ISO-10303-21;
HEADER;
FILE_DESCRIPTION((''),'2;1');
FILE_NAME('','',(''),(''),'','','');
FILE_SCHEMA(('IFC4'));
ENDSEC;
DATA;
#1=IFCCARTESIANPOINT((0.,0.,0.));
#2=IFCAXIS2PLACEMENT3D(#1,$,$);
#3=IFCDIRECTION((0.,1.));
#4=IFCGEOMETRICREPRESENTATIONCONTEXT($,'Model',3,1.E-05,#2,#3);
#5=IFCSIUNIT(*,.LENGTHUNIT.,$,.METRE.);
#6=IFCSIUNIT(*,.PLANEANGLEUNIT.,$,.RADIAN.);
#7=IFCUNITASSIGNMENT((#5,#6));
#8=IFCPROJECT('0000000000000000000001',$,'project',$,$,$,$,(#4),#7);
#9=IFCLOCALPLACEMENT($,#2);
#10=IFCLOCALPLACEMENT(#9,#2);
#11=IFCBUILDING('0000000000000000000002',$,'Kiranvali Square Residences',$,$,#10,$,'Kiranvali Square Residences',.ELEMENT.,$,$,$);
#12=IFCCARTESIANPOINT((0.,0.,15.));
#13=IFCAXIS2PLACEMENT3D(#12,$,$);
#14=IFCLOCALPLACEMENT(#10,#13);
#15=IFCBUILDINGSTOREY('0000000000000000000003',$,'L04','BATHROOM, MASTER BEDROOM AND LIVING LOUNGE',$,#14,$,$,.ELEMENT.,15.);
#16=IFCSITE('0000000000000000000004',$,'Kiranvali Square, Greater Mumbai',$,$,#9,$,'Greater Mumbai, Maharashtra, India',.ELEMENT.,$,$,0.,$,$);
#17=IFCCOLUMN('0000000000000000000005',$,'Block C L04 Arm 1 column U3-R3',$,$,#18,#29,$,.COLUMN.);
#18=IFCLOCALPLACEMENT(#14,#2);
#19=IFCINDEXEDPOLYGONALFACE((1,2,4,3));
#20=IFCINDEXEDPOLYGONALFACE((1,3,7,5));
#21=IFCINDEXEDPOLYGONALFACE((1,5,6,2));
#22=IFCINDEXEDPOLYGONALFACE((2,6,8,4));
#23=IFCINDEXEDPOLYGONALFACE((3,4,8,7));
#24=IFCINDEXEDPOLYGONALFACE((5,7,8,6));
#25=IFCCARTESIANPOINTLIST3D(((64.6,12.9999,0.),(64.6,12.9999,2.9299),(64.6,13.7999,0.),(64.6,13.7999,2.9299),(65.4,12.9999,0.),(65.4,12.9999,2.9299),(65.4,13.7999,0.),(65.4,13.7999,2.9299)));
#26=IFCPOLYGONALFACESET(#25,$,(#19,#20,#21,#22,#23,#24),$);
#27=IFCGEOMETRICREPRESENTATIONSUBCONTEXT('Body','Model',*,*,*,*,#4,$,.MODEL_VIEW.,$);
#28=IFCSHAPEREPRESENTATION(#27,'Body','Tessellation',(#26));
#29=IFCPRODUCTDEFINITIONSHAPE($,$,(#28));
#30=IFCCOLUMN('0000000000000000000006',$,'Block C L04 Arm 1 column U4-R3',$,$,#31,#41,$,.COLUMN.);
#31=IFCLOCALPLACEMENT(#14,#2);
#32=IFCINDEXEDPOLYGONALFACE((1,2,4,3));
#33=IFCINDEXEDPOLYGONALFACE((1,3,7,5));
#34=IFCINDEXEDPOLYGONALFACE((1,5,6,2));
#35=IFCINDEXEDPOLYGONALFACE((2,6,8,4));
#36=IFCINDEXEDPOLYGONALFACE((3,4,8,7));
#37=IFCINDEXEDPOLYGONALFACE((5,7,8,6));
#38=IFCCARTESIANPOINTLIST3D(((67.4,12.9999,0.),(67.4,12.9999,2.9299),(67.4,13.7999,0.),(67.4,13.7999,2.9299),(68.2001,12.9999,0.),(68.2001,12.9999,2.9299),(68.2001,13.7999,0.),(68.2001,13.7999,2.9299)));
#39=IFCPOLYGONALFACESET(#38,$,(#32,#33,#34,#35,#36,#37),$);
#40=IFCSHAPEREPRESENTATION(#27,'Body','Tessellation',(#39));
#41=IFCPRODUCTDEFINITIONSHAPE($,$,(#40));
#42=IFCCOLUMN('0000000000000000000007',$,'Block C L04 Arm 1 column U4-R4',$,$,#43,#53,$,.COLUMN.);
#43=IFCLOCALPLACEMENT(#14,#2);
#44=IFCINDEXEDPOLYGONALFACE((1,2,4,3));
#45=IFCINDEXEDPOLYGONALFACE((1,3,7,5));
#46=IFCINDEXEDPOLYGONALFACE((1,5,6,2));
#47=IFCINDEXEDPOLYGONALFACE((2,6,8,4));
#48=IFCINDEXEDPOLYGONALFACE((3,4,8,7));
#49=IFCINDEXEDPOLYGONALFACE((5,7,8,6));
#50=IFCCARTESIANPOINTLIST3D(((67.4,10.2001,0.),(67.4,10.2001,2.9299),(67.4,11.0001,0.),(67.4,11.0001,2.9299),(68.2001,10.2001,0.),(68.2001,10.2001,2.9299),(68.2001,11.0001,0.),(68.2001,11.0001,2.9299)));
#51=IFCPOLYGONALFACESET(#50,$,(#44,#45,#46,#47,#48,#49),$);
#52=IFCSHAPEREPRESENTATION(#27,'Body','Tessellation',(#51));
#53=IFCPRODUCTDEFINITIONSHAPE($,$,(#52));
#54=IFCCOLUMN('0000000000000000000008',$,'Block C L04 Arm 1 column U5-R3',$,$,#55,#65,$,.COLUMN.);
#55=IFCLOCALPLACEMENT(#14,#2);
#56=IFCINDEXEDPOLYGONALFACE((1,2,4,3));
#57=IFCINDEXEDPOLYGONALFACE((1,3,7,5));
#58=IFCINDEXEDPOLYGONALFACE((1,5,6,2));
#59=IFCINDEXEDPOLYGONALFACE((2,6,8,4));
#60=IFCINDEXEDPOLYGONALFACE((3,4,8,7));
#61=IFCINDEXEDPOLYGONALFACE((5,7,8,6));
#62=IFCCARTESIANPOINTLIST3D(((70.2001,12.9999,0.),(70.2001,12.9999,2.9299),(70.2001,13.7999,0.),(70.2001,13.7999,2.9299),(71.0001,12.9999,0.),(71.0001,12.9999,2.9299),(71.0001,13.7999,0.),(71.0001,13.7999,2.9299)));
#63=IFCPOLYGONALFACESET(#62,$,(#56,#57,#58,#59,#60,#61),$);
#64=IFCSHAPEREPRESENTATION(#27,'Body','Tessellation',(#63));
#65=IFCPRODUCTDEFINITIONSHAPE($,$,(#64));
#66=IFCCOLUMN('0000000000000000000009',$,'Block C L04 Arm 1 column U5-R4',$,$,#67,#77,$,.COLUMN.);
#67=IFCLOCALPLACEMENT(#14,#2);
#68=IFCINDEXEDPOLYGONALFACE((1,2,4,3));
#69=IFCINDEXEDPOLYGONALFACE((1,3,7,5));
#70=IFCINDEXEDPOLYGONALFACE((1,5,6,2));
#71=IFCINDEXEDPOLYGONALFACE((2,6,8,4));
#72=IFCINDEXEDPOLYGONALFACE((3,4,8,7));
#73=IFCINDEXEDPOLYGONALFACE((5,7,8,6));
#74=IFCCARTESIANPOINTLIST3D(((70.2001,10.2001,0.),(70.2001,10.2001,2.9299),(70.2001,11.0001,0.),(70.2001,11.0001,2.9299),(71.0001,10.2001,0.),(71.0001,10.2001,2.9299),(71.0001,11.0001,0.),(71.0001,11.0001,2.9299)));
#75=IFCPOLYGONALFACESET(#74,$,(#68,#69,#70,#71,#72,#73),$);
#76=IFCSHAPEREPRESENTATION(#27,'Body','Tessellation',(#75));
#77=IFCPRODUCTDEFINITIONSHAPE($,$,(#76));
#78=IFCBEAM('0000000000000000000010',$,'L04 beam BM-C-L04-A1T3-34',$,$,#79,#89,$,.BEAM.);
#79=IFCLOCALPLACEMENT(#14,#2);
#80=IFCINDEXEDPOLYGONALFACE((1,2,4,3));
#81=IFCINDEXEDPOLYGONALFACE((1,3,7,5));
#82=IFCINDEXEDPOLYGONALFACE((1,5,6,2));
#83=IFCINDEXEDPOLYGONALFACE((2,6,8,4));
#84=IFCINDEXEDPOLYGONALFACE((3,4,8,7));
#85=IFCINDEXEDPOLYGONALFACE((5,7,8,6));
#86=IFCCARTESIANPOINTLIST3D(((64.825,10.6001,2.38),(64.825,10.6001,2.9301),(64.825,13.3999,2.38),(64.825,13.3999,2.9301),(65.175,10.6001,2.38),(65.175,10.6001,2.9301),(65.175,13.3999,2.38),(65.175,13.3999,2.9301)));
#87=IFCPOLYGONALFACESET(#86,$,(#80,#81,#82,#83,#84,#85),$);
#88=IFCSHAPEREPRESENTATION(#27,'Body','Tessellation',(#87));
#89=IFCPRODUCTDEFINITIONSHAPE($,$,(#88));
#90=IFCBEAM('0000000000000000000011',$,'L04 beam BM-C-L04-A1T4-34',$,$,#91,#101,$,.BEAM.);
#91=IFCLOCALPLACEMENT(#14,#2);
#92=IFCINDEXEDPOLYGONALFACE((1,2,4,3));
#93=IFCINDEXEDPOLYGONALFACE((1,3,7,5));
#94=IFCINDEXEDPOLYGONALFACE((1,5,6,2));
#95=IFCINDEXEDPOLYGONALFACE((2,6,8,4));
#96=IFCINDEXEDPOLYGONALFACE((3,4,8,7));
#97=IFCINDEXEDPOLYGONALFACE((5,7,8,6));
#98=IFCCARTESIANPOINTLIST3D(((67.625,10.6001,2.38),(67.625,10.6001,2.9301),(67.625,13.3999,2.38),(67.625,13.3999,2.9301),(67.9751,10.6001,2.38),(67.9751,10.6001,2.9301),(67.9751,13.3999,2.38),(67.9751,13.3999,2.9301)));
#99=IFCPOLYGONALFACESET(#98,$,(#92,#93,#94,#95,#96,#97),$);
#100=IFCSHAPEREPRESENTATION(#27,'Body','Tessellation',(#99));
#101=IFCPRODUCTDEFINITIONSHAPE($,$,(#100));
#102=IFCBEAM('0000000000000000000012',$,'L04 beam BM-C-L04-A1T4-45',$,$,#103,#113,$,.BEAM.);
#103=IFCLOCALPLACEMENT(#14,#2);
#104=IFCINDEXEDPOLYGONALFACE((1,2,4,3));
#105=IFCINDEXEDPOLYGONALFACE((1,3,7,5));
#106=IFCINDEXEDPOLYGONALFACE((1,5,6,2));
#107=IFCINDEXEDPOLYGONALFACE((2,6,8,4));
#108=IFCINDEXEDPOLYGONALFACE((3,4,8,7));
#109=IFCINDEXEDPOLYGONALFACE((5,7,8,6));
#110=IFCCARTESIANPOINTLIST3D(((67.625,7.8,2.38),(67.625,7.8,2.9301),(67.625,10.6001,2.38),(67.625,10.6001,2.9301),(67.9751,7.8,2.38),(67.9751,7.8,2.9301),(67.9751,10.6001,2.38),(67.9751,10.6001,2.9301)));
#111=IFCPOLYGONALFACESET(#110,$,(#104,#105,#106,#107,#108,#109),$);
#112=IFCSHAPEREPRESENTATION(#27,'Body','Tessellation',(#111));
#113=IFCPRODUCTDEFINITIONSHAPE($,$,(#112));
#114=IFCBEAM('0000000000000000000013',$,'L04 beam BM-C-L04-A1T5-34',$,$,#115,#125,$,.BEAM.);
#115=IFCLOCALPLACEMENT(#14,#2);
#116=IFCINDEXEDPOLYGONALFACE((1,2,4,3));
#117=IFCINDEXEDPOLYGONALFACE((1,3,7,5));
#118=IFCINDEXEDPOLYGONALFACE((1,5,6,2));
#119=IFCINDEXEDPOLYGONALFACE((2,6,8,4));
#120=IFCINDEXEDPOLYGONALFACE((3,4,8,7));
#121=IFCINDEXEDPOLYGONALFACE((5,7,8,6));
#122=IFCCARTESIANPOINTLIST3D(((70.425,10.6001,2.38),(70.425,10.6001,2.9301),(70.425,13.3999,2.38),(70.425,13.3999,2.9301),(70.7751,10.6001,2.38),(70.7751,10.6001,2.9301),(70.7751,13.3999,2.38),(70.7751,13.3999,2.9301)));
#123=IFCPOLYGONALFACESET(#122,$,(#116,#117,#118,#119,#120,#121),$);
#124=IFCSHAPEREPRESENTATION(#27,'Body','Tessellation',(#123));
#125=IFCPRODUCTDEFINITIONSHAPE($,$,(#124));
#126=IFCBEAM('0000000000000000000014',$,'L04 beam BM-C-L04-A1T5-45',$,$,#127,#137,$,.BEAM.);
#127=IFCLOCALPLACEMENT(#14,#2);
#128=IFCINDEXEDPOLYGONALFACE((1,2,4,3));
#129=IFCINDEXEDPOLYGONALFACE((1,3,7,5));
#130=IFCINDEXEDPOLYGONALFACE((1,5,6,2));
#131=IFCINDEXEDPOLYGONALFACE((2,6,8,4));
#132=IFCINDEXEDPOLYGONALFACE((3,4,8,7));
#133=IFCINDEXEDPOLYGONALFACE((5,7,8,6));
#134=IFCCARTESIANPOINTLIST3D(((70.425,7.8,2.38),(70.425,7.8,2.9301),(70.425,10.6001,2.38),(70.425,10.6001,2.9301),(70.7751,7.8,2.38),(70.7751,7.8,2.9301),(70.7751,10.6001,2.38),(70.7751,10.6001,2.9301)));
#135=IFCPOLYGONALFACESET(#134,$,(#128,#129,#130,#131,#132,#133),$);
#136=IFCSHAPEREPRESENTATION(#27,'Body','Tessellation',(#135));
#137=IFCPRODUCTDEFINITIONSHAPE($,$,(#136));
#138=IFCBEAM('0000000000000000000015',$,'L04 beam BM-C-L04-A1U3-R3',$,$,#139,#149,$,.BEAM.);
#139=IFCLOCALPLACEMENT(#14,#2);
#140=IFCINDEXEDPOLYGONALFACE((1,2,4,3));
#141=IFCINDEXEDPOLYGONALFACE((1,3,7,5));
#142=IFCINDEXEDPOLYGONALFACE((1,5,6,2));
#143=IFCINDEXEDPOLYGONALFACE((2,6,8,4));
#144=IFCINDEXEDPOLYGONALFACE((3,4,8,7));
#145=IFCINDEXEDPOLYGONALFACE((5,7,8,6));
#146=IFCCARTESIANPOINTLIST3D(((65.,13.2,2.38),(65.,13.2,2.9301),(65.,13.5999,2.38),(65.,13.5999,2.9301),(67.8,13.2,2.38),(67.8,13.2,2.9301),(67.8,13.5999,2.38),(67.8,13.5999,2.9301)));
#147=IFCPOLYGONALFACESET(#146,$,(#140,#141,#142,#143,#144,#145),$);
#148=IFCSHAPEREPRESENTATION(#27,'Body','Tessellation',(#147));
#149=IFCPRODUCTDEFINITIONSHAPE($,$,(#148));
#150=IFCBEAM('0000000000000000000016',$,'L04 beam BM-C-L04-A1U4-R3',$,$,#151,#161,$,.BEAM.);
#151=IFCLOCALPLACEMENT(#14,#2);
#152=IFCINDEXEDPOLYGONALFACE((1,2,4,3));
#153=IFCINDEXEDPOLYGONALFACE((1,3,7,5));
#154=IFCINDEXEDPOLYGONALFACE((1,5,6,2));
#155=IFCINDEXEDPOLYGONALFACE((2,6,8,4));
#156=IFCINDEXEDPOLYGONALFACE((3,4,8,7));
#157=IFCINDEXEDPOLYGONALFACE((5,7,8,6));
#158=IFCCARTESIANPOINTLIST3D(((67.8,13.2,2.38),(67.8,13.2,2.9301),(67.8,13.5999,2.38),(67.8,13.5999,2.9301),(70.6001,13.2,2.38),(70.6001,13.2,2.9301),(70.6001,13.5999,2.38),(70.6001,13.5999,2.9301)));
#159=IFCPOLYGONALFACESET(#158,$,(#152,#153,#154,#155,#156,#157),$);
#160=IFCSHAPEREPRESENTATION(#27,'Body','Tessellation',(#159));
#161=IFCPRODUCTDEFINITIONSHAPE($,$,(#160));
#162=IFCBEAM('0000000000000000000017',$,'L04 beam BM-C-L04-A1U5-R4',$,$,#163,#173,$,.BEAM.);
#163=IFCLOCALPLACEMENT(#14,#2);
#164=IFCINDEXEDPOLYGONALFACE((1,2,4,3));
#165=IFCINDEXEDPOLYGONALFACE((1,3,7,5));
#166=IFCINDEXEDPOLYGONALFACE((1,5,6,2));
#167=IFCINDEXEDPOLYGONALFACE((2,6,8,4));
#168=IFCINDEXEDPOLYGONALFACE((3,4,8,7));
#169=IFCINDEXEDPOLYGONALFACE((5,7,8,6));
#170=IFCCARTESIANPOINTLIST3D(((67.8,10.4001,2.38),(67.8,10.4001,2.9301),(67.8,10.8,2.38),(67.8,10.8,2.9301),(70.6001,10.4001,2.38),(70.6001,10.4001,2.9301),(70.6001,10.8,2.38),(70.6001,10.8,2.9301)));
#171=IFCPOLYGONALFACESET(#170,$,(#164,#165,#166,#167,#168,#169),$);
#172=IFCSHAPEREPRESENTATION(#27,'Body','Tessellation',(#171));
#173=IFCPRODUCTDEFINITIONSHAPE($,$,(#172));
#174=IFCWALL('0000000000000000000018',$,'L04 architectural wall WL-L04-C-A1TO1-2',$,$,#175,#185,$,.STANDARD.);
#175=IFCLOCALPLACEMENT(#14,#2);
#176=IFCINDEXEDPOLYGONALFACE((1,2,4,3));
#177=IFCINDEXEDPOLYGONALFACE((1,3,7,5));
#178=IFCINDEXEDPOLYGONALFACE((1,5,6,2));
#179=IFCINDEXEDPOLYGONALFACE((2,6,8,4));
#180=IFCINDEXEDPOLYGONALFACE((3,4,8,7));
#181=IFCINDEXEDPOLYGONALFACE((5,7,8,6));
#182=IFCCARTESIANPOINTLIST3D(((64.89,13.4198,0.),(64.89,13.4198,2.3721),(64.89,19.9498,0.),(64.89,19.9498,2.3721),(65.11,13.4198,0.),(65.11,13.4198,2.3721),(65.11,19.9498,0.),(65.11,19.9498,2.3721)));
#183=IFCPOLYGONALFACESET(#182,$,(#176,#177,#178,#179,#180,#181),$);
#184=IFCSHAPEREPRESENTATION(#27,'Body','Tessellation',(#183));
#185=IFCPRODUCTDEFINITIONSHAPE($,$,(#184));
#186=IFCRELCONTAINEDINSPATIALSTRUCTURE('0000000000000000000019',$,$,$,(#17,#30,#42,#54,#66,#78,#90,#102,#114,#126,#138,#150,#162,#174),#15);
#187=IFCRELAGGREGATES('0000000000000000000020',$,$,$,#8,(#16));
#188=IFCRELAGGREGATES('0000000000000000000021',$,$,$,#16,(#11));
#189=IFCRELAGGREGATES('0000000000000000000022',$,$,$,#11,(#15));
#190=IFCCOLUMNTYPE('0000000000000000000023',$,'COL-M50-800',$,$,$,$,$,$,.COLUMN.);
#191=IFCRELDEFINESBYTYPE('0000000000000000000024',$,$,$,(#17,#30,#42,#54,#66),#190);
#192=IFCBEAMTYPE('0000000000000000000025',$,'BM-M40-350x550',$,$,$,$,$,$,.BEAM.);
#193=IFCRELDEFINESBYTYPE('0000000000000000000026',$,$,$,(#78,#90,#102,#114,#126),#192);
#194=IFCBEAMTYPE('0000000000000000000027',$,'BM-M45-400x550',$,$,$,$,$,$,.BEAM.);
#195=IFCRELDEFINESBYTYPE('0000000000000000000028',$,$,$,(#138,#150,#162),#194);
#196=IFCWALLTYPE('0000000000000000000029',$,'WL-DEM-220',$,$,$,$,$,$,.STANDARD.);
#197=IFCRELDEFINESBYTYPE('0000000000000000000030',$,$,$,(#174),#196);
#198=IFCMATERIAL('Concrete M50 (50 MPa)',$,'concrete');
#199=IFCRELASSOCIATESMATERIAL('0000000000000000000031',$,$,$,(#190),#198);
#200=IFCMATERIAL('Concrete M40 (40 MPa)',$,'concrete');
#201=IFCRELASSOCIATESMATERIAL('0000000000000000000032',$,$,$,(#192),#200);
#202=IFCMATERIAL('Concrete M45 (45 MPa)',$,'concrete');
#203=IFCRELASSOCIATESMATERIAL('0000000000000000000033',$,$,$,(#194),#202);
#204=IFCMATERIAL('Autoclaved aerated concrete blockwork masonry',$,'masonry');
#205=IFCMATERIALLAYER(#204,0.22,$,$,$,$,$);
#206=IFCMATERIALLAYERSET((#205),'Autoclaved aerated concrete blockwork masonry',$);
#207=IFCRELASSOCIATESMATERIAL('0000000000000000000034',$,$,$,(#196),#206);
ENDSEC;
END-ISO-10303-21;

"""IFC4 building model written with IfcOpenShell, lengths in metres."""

from ifc_helpers import new_model, si_unit, direction, frame, frame_2d, origin, origin_2d, place, context, subcontext, project, spatial, rectangle, extrude, material, layer, layer_set, material_profile, profile_set, type_object, element, save


model = new_model("IFC4")

# Units and contexts
model_context = context("Model", 3, precision=1e-05, world=origin(), true_north=direction((0.0, 1.0)))
body_context = subcontext(model_context, "Body", "Model", "MODEL_VIEW")
ifc_project = project(units=[si_unit("LENGTHUNIT", "METRE"), si_unit("PLANEANGLEUNIT", "RADIAN")], contexts=[model_context])

# Site, building, storey
site_placement = place(None, origin())
site = spatial("IfcSite", under=ifc_project, at=site_placement, Name="Kiranvali Square, Greater Mumbai", LongName="Greater Mumbai, Maharashtra, India", CompositionType="ELEMENT", RefElevation=0.0)
building_placement = place(site_placement, origin())
building = spatial("IfcBuilding", under=site, at=building_placement, Name="Kiranvali Square Residences", LongName="Kiranvali Square Residences", CompositionType="ELEMENT")
storey_placement = place(building_placement, frame((0.0, 0.0, 15.0)))
storey = spatial("IfcBuildingStorey", under=building, at=storey_placement, Name="L04", Description="BATHROOM, MASTER BEDROOM AND LIVING LOUNGE", CompositionType="ELEMENT", Elevation=15.0)

# Columns
ifc_material_1 = material(Name="Concrete M50 (50 MPa)", Category="concrete")
ifc_material_profile_1 = material_profile(ifc_material_1, rectangle(XDim=0.8, YDim=0.8, at=origin_2d()), Name="RC 800x800")
ifc_profile_set_1 = profile_set([ifc_material_profile_1], Name="Concrete M50 (50 MPa)")
column_type = type_object("IfcColumnType", Name="COL-M50-800", PredefinedType="COLUMN", material=ifc_profile_set_1)
for number, where, z_axis, x_axis, name in (
    (1, (65.0, 13.3999, 0.0), (0.0, 0.0, 1.0), (1.0, 0.0, 0.0), "Block C L04 Arm 1 column U3-R3"),
    (2, (67.8, 13.3999, 0.0), (0.0, 0.0, 1.0), (1.0, 0.0, 0.0), "Block C L04 Arm 1 column U4-R3"),
    (3, (67.8, 10.6001, 0.0), (0.0, 0.0, 1.0), (1.0, 0.0, 0.0), "Block C L04 Arm 1 column U4-R4"),
    (4, (70.6001, 13.3999, 0.0), (0.0, 0.0, 1.0), (1.0, 0.0, 0.0), "Block C L04 Arm 1 column U5-R3"),
    (5, (70.6001, 10.6001, 0.0), (0.0, 0.0, 1.0), (1.0, 0.0, 0.0), "Block C L04 Arm 1 column U5-R4"),
):
    element("IfcColumn", number, at=place(storey_placement, frame(where, z_axis=z_axis, x_axis=x_axis)), inside=storey, type_object=column_type, Name=name, PredefinedType="COLUMN", context=body_context, shape_type="SweptSolid", body=[
        extrude(rectangle(XDim=0.8, YDim=0.8, at=origin_2d()), origin(), (0.0, 0.0, 1.0), 2.9299),
    ])

# Beams
ifc_material_2 = material(Name="Concrete M40 (40 MPa)", Category="concrete")
ifc_material_profile_2 = material_profile(ifc_material_2, rectangle(XDim=0.3501, YDim=0.55, at=origin_2d()), Name="RC 350x550")
ifc_profile_set_2 = profile_set([ifc_material_profile_2], Name="Concrete M40 (40 MPa)")
beam_type_1 = type_object("IfcBeamType", Name="BM-M40-350x550", PredefinedType="BEAM", material=ifc_profile_set_2)
for number, where, z_axis, x_axis, name in (
    (6, (65.0, 13.3999, 2.655), (0.0, -1.0, 0.0), (1.0, 0.0, 0.0), "L04 beam BM-C-L04-A1T3-34"),
    (7, (67.8, 13.3999, 2.655), (0.0, -1.0, 0.0), (1.0, 0.0, 0.0), "L04 beam BM-C-L04-A1T4-34"),
):
    element("IfcBeam", number, at=place(storey_placement, frame(where, z_axis=z_axis, x_axis=x_axis)), inside=storey, type_object=beam_type_1, Name=name, PredefinedType="BEAM", context=body_context, shape_type="SweptSolid", body=[
        extrude(rectangle(XDim=0.3501, YDim=0.55, at=origin_2d()), origin(), (0.0, 0.0, 1.0), 2.7998),
    ])
beam_1_placement = place(storey_placement, frame((67.8, 10.6001, 2.655), z_axis=(0.0, -1.0, 0.0), x_axis=(1.0, 0.0, 0.0)))
element("IfcBeam", 8, at=beam_1_placement, inside=storey, type_object=beam_type_1, Name="L04 beam BM-C-L04-A1T4-45", PredefinedType="BEAM", context=body_context, shape_type="SweptSolid", body=[
    extrude(rectangle(XDim=0.3501, YDim=0.55, at=origin_2d()), origin(), (0.0, 0.0, 1.0), 2.8),
])
beam_2_placement = place(storey_placement, frame((70.6001, 13.3999, 2.655), z_axis=(0.0, -1.0, 0.0), x_axis=(1.0, 0.0, 0.0)))
element("IfcBeam", 9, at=beam_2_placement, inside=storey, type_object=beam_type_1, Name="L04 beam BM-C-L04-A1T5-34", PredefinedType="BEAM", context=body_context, shape_type="SweptSolid", body=[
    extrude(rectangle(XDim=0.3501, YDim=0.55, at=origin_2d()), origin(), (0.0, 0.0, 1.0), 2.7998),
])
beam_3_placement = place(storey_placement, frame((70.6001, 10.6001, 2.655), z_axis=(0.0, -1.0, 0.0), x_axis=(1.0, 0.0, 0.0)))
element("IfcBeam", 10, at=beam_3_placement, inside=storey, type_object=beam_type_1, Name="L04 beam BM-C-L04-A1T5-45", PredefinedType="BEAM", context=body_context, shape_type="SweptSolid", body=[
    extrude(rectangle(XDim=0.3501, YDim=0.55, at=origin_2d()), origin(), (0.0, 0.0, 1.0), 2.8),
])
ifc_material_3 = material(Name="Concrete M45 (45 MPa)", Category="concrete")
ifc_material_profile_3 = material_profile(ifc_material_3, rectangle(XDim=0.3999, YDim=0.55, at=origin_2d()), Name="RC 400x550")
ifc_profile_set_3 = profile_set([ifc_material_profile_3], Name="Concrete M45 (45 MPa)")
beam_type_2 = type_object("IfcBeamType", Name="BM-M45-400x550", PredefinedType="BEAM", material=ifc_profile_set_3)
for number, where, z_axis, x_axis, name in (
    (11, (65.0, 13.3999, 2.655), (1.0, 0.0, 0.0), (0.0, 1.0, 0.0), "L04 beam BM-C-L04-A1U3-R3"),
    (12, (67.8, 13.3999, 2.655), (1.0, 0.0, 0.0), (0.0, 1.0, 0.0), "L04 beam BM-C-L04-A1U4-R3"),
    (13, (67.8, 10.6001, 2.655), (1.0, 0.0, 0.0), (0.0, 1.0, 0.0), "L04 beam BM-C-L04-A1U5-R4"),
):
    element("IfcBeam", number, at=place(storey_placement, frame(where, z_axis=z_axis, x_axis=x_axis)), inside=storey, type_object=beam_type_2, Name=name, PredefinedType="BEAM", context=body_context, shape_type="SweptSolid", body=[
        extrude(rectangle(XDim=0.3999, YDim=0.55, at=origin_2d()), origin(), (0.0, 0.0, 1.0), 2.8),
    ])

# Wall
ifc_material_4 = material(Name="Autoclaved aerated concrete blockwork masonry", Category="masonry")
ifc_layer_1 = layer(ifc_material_4, 0.22)
ifc_layer_set_1 = layer_set([ifc_layer_1], Name="Autoclaved aerated concrete blockwork masonry")
wall_type_1 = type_object("IfcWallType", Name="WL-DEM-220", PredefinedType="STANDARD", material=ifc_layer_set_1)
wall_1_placement = place(storey_placement, frame((65.0, 19.95, 0.0), z_axis=(0.0, 0.0, 1.0), x_axis=(0.0, -1.0, 0.0)))
element("IfcWall", 14, at=wall_1_placement, inside=storey, type_object=wall_type_1, Name="L04 architectural wall WL-L04-C-A1TO1-2", PredefinedType="STANDARD", context=body_context, shape_type="SweptSolid", body=[
    extrude(rectangle(XDim=6.53, YDim=0.22, at=frame_2d((3.2651, 0.0))), origin(), (0.0, 0.0, 1.0), 2.3721),
])

save(model, "model.ifc")
